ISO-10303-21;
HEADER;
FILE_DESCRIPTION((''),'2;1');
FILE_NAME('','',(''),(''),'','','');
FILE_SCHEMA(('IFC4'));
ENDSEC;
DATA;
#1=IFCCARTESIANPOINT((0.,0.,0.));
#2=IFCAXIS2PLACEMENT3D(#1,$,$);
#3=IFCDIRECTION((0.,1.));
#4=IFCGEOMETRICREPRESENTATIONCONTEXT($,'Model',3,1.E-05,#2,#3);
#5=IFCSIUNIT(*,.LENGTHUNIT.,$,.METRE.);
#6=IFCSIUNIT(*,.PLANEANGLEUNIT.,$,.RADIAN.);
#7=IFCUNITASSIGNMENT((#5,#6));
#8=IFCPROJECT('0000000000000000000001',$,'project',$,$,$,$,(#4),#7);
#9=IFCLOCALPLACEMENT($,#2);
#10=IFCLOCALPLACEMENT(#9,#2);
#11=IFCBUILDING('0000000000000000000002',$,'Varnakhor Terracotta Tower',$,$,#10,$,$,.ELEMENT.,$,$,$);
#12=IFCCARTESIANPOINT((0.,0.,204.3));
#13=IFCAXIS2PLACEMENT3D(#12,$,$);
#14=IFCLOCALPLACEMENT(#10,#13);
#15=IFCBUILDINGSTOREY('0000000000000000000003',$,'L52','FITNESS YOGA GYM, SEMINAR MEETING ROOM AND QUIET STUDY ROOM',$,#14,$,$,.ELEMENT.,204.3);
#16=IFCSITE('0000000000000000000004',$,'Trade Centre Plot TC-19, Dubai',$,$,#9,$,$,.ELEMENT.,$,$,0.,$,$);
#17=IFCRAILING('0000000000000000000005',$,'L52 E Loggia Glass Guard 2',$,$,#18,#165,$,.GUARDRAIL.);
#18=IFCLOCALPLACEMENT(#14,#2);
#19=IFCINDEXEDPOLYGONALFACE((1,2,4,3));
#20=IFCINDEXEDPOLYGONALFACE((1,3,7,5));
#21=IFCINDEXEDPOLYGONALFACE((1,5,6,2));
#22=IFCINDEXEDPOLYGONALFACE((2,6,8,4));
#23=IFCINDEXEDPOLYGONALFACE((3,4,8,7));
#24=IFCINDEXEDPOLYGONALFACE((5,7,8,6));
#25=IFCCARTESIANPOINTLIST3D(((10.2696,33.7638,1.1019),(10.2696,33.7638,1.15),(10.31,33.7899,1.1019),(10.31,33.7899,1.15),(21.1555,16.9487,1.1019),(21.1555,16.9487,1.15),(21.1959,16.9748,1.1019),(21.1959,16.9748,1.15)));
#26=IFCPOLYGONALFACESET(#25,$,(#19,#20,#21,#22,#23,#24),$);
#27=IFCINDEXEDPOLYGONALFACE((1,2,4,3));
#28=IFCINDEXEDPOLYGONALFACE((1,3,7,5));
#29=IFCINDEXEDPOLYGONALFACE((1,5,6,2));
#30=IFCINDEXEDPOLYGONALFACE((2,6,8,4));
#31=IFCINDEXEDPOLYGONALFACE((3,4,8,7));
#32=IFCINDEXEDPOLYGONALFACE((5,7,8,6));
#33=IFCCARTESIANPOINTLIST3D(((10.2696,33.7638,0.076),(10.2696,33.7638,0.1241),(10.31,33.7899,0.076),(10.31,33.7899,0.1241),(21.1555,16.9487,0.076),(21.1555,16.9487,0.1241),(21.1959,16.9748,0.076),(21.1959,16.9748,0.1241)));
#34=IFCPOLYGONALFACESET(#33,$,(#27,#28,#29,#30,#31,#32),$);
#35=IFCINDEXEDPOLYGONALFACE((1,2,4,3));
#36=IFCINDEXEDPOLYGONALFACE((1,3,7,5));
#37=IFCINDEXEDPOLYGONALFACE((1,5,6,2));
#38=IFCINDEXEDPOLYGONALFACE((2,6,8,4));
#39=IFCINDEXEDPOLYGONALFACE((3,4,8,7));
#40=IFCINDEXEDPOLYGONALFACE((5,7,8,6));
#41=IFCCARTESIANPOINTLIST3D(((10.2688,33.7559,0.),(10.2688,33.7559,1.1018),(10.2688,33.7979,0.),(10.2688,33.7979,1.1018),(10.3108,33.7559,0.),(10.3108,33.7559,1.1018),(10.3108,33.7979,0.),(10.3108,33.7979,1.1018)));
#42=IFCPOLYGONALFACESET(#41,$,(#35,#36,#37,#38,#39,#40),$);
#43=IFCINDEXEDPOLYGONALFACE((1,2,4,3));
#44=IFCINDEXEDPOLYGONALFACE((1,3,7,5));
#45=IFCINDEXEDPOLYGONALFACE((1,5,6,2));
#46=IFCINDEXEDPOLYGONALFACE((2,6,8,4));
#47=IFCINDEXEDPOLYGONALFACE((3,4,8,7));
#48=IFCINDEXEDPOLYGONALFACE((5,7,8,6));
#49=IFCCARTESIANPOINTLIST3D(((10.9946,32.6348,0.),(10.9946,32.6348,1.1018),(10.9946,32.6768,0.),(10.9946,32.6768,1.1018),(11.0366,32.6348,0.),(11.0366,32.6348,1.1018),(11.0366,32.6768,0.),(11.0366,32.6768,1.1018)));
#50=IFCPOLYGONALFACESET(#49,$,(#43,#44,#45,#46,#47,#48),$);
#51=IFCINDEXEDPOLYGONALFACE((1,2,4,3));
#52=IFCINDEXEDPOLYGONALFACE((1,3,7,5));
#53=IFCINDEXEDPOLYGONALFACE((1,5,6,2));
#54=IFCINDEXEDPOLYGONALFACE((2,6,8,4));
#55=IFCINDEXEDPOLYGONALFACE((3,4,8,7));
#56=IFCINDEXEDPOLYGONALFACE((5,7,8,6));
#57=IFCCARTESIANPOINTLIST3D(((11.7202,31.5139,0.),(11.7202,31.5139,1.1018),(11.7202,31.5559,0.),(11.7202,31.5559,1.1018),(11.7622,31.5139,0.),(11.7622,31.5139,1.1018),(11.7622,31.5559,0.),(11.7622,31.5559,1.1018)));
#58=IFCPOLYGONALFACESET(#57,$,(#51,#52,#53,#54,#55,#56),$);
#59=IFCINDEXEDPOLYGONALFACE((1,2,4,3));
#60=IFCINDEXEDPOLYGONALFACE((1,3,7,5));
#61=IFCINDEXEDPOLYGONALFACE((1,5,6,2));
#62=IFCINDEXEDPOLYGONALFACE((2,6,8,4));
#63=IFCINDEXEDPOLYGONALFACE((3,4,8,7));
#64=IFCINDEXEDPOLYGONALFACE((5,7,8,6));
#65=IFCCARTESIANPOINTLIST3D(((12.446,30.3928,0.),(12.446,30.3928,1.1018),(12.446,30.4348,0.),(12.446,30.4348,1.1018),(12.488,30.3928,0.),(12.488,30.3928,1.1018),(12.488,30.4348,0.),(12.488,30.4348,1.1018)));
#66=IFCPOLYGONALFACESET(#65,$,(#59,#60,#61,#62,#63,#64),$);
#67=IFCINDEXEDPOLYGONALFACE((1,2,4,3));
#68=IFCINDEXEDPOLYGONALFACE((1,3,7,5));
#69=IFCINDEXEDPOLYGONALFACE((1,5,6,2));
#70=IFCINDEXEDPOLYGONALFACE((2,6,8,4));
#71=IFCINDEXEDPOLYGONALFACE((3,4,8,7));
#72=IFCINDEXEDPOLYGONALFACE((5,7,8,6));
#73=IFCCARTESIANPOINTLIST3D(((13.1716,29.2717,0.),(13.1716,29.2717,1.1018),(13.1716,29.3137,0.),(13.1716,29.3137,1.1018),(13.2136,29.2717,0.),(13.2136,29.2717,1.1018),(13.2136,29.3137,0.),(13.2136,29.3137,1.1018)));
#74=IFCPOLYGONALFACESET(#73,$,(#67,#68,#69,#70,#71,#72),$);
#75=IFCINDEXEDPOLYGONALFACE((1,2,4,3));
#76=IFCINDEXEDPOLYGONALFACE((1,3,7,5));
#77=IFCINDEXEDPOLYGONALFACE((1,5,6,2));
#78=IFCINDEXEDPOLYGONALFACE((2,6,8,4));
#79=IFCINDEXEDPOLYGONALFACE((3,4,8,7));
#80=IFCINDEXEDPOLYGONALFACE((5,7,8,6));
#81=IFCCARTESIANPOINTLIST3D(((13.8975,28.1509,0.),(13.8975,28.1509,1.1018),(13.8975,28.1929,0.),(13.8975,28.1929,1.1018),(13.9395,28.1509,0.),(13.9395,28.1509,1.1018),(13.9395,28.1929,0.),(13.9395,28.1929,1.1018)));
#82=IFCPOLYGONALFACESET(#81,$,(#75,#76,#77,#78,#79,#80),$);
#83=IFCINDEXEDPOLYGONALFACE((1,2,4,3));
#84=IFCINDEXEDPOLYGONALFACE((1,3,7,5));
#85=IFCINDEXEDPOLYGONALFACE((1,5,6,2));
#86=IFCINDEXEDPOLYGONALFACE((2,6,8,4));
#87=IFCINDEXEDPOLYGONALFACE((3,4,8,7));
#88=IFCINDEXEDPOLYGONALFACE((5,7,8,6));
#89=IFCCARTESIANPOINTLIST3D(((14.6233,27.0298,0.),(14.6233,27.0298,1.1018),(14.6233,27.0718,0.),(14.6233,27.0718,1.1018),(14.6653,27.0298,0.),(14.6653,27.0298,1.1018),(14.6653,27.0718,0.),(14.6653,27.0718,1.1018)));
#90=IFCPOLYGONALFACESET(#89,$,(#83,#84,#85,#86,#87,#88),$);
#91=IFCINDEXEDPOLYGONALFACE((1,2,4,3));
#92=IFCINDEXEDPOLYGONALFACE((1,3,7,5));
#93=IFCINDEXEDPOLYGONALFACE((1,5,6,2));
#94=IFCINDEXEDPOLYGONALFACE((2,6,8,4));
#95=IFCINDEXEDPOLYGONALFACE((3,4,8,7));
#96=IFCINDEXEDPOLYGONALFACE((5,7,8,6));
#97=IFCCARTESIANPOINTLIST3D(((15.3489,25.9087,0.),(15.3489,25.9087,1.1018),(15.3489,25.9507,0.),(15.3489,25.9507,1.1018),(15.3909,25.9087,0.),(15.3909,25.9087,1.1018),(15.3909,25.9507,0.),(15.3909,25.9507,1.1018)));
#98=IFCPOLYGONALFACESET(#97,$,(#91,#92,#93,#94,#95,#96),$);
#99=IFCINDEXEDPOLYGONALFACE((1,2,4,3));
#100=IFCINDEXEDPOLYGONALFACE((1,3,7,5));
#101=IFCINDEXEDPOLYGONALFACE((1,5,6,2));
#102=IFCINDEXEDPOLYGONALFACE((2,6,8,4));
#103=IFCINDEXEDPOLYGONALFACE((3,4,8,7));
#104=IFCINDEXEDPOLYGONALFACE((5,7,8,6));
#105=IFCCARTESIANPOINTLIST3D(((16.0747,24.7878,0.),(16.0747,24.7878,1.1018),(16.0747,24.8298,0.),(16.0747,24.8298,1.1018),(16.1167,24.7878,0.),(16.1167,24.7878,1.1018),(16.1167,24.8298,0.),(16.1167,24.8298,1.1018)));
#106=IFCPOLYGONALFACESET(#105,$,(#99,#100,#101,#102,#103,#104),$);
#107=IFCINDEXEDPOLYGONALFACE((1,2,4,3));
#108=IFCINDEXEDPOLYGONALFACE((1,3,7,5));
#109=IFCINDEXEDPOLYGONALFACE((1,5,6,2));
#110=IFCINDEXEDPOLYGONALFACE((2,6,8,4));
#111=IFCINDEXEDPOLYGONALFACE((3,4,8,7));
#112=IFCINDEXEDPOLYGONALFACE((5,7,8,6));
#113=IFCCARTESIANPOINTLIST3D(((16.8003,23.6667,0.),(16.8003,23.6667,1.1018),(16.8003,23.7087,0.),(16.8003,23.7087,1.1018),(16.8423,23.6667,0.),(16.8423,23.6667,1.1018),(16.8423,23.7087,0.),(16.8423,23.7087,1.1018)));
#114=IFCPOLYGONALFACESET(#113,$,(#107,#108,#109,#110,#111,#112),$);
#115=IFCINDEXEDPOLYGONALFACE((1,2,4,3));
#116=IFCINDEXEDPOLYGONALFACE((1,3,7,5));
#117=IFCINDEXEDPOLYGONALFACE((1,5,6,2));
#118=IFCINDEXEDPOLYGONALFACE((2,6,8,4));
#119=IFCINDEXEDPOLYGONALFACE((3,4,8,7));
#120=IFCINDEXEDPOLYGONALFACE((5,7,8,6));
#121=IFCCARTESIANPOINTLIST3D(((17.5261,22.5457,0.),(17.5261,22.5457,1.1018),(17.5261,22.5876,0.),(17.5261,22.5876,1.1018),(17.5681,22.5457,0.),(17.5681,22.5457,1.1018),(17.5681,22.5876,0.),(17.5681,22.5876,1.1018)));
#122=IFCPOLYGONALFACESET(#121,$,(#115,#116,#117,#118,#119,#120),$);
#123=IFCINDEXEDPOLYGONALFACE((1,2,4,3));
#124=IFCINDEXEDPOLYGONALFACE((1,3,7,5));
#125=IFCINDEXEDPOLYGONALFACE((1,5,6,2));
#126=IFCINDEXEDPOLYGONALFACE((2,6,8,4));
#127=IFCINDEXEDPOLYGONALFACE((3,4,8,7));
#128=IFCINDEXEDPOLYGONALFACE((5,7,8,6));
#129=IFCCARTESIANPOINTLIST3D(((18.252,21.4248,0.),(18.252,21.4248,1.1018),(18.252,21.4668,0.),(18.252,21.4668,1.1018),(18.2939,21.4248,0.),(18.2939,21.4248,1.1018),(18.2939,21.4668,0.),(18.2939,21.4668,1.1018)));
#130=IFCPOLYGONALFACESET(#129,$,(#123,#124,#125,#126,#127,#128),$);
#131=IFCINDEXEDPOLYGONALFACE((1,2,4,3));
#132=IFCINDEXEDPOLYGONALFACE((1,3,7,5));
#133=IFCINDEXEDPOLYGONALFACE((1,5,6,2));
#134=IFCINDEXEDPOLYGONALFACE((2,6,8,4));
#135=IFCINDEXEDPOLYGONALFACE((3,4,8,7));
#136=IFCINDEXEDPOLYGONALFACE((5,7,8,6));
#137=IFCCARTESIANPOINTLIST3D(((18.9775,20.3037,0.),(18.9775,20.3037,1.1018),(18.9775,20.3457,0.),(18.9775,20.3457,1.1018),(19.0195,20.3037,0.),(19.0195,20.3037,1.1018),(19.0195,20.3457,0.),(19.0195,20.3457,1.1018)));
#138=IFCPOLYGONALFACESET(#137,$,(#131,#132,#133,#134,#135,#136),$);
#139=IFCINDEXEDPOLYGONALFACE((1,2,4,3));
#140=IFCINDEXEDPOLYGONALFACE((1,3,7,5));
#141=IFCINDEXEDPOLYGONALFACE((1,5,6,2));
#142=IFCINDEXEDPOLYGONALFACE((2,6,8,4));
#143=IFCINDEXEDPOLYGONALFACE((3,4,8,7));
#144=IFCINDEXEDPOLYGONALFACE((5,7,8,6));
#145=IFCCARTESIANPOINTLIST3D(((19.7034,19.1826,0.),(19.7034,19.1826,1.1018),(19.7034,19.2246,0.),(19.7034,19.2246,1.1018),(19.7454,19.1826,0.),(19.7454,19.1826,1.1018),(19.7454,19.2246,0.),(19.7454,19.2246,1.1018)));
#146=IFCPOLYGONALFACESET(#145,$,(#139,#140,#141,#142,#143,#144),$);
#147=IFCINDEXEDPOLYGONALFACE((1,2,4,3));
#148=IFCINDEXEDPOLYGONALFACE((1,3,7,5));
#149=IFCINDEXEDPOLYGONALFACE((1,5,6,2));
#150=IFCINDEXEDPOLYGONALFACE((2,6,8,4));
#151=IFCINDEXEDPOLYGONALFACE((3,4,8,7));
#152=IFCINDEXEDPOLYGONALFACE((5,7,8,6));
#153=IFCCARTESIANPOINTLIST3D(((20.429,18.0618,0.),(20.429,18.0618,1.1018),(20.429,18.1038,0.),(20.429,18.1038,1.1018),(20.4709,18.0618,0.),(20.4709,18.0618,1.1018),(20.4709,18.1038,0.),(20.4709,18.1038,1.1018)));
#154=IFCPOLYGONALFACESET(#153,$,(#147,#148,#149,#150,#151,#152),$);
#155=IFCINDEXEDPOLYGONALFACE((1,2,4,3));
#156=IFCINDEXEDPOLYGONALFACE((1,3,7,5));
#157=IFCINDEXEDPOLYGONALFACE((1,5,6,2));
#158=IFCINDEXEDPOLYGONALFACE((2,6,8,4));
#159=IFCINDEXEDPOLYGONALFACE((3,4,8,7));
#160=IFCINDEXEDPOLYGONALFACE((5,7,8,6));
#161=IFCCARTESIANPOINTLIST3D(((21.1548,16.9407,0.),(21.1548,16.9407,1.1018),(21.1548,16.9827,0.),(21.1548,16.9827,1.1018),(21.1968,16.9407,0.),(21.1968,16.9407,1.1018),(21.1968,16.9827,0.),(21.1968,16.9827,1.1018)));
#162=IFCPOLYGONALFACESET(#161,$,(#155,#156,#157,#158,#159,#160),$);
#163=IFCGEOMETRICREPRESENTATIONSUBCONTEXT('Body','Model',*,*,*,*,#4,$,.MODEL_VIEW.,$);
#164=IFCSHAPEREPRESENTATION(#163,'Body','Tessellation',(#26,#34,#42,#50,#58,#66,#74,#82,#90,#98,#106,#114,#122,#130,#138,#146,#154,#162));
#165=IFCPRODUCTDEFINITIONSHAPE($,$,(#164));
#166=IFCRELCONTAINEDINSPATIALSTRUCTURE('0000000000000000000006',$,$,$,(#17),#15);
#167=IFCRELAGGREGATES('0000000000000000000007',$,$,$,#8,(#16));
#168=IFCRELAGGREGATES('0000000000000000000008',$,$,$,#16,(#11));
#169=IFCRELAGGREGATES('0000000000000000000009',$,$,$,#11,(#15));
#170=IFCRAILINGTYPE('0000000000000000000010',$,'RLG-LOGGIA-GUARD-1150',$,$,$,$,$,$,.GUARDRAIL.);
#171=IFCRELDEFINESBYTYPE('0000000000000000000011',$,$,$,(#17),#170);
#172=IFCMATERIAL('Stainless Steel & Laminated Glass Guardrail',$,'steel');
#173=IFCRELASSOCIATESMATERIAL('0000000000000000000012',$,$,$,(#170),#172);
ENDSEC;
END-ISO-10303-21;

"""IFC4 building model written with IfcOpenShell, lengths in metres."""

from ifc_helpers import new_model, si_unit, direction, frame, origin, origin_2d, place, context, subcontext, project, spatial, rectangle, extrude, material, type_object, element, save


model = new_model("IFC4")

# Units and contexts
model_context = context("Model", 3, precision=1e-05, world=origin(), true_north=direction((0.0, 1.0)))
body_context = subcontext(model_context, "Body", "Model", "MODEL_VIEW")
ifc_project = project(units=[si_unit("LENGTHUNIT", "METRE"), si_unit("PLANEANGLEUNIT", "RADIAN")], contexts=[model_context])

# Site, building, storey
site_placement = place(None, origin())
site = spatial("IfcSite", under=ifc_project, at=site_placement, Name="Trade Centre Plot TC-19, Dubai", CompositionType="ELEMENT", RefElevation=0.0)
building_placement = place(site_placement, origin())
building = spatial("IfcBuilding", under=site, at=building_placement, Name="Varnakhor Terracotta Tower", CompositionType="ELEMENT")
storey_placement = place(building_placement, frame((0.0, 0.0, 204.3)))
storey = spatial("IfcBuildingStorey", under=building, at=storey_placement, Name="L52", Description="FITNESS YOGA GYM, SEMINAR MEETING ROOM AND QUIET STUDY ROOM", CompositionType="ELEMENT", Elevation=204.3)

# Railing
ifc_material_1 = material(Name="Stainless Steel & Laminated Glass Guardrail", Category="steel")
railing_type = type_object("IfcRailingType", Name="RLG-LOGGIA-GUARD-1150", PredefinedType="GUARDRAIL", material=ifc_material_1)
railing_1_placement = place(storey_placement, frame((10.2898, 33.7769, 0.0)))
element("IfcRailing", 1, at=railing_1_placement, inside=storey, type_object=railing_type, Name="L52 E Loggia Glass Guard 2", PredefinedType="GUARDRAIL", context=body_context, shape_type="SweptSolid", body=[
    extrude(rectangle(XDim=0.0481, YDim=0.0481, at=origin_2d()), frame((0.0, 0.0, 1.126), z_axis=(0.543447, -0.839443, 0.0), x_axis=(0.839443, 0.543447, 0.0)), (0.0, 0.0, 1.0), 20.0312),
    extrude(rectangle(XDim=0.0481, YDim=0.0481, at=origin_2d()), frame((0.0, 0.0, 0.1001), z_axis=(0.543447, -0.839443, 0.0), x_axis=(0.839443, 0.543447, 0.0)), (0.0, 0.0, 1.0), 20.0312),
    extrude(rectangle(XDim=0.042, YDim=0.042, at=origin_2d()), origin(), (0.0, 0.0, 1.0), 1.1018),
    extrude(rectangle(XDim=0.042, YDim=0.042, at=origin_2d()), frame((0.7258, -1.1211, 0.0)), (0.0, 0.0, 1.0), 1.1018),
    extrude(rectangle(XDim=0.042, YDim=0.042, at=origin_2d()), frame((1.4514, -2.2419, 0.0)), (0.0, 0.0, 1.0), 1.1018),
    extrude(rectangle(XDim=0.042, YDim=0.042, at=origin_2d()), frame((2.1772, -3.363, 0.0)), (0.0, 0.0, 1.0), 1.1018),
    extrude(rectangle(XDim=0.042, YDim=0.042, at=origin_2d()), frame((2.9028, -4.4841, 0.0)), (0.0, 0.0, 1.0), 1.1018),
    extrude(rectangle(XDim=0.042, YDim=0.042, at=origin_2d()), frame((3.6287, -5.605, 0.0)), (0.0, 0.0, 1.0), 1.1018),
    extrude(rectangle(XDim=0.042, YDim=0.042, at=origin_2d()), frame((4.3545, -6.7261, 0.0)), (0.0, 0.0, 1.0), 1.1018),
    extrude(rectangle(XDim=0.042, YDim=0.042, at=origin_2d()), frame((5.0801, -7.8472, 0.0)), (0.0, 0.0, 1.0), 1.1018),
    extrude(rectangle(XDim=0.042, YDim=0.042, at=origin_2d()), frame((5.8059, -8.968, 0.0)), (0.0, 0.0, 1.0), 1.1018),
    extrude(rectangle(XDim=0.042, YDim=0.042, at=origin_2d()), frame((6.5315, -10.0891, 0.0)), (0.0, 0.0, 1.0), 1.1018),
    extrude(rectangle(XDim=0.042, YDim=0.042, at=origin_2d()), frame((7.2573, -11.2102, 0.0)), (0.0, 0.0, 1.0), 1.1018),
    extrude(rectangle(XDim=0.042, YDim=0.042, at=origin_2d()), frame((7.9832, -12.3311, 0.0)), (0.0, 0.0, 1.0), 1.1018),
    extrude(rectangle(XDim=0.042, YDim=0.042, at=origin_2d()), frame((8.7087, -13.4521, 0.0)), (0.0, 0.0, 1.0), 1.1018),
    extrude(rectangle(XDim=0.042, YDim=0.042, at=origin_2d()), frame((9.4346, -14.5732, 0.0)), (0.0, 0.0, 1.0), 1.1018),
    extrude(rectangle(XDim=0.042, YDim=0.042, at=origin_2d()), frame((10.1602, -15.6941, 0.0)), (0.0, 0.0, 1.0), 1.1018),
    extrude(rectangle(XDim=0.042, YDim=0.042, at=origin_2d()), frame((10.886, -16.8152, 0.0)), (0.0, 0.0, 1.0), 1.1018),
])

save(model, "model.ifc")
